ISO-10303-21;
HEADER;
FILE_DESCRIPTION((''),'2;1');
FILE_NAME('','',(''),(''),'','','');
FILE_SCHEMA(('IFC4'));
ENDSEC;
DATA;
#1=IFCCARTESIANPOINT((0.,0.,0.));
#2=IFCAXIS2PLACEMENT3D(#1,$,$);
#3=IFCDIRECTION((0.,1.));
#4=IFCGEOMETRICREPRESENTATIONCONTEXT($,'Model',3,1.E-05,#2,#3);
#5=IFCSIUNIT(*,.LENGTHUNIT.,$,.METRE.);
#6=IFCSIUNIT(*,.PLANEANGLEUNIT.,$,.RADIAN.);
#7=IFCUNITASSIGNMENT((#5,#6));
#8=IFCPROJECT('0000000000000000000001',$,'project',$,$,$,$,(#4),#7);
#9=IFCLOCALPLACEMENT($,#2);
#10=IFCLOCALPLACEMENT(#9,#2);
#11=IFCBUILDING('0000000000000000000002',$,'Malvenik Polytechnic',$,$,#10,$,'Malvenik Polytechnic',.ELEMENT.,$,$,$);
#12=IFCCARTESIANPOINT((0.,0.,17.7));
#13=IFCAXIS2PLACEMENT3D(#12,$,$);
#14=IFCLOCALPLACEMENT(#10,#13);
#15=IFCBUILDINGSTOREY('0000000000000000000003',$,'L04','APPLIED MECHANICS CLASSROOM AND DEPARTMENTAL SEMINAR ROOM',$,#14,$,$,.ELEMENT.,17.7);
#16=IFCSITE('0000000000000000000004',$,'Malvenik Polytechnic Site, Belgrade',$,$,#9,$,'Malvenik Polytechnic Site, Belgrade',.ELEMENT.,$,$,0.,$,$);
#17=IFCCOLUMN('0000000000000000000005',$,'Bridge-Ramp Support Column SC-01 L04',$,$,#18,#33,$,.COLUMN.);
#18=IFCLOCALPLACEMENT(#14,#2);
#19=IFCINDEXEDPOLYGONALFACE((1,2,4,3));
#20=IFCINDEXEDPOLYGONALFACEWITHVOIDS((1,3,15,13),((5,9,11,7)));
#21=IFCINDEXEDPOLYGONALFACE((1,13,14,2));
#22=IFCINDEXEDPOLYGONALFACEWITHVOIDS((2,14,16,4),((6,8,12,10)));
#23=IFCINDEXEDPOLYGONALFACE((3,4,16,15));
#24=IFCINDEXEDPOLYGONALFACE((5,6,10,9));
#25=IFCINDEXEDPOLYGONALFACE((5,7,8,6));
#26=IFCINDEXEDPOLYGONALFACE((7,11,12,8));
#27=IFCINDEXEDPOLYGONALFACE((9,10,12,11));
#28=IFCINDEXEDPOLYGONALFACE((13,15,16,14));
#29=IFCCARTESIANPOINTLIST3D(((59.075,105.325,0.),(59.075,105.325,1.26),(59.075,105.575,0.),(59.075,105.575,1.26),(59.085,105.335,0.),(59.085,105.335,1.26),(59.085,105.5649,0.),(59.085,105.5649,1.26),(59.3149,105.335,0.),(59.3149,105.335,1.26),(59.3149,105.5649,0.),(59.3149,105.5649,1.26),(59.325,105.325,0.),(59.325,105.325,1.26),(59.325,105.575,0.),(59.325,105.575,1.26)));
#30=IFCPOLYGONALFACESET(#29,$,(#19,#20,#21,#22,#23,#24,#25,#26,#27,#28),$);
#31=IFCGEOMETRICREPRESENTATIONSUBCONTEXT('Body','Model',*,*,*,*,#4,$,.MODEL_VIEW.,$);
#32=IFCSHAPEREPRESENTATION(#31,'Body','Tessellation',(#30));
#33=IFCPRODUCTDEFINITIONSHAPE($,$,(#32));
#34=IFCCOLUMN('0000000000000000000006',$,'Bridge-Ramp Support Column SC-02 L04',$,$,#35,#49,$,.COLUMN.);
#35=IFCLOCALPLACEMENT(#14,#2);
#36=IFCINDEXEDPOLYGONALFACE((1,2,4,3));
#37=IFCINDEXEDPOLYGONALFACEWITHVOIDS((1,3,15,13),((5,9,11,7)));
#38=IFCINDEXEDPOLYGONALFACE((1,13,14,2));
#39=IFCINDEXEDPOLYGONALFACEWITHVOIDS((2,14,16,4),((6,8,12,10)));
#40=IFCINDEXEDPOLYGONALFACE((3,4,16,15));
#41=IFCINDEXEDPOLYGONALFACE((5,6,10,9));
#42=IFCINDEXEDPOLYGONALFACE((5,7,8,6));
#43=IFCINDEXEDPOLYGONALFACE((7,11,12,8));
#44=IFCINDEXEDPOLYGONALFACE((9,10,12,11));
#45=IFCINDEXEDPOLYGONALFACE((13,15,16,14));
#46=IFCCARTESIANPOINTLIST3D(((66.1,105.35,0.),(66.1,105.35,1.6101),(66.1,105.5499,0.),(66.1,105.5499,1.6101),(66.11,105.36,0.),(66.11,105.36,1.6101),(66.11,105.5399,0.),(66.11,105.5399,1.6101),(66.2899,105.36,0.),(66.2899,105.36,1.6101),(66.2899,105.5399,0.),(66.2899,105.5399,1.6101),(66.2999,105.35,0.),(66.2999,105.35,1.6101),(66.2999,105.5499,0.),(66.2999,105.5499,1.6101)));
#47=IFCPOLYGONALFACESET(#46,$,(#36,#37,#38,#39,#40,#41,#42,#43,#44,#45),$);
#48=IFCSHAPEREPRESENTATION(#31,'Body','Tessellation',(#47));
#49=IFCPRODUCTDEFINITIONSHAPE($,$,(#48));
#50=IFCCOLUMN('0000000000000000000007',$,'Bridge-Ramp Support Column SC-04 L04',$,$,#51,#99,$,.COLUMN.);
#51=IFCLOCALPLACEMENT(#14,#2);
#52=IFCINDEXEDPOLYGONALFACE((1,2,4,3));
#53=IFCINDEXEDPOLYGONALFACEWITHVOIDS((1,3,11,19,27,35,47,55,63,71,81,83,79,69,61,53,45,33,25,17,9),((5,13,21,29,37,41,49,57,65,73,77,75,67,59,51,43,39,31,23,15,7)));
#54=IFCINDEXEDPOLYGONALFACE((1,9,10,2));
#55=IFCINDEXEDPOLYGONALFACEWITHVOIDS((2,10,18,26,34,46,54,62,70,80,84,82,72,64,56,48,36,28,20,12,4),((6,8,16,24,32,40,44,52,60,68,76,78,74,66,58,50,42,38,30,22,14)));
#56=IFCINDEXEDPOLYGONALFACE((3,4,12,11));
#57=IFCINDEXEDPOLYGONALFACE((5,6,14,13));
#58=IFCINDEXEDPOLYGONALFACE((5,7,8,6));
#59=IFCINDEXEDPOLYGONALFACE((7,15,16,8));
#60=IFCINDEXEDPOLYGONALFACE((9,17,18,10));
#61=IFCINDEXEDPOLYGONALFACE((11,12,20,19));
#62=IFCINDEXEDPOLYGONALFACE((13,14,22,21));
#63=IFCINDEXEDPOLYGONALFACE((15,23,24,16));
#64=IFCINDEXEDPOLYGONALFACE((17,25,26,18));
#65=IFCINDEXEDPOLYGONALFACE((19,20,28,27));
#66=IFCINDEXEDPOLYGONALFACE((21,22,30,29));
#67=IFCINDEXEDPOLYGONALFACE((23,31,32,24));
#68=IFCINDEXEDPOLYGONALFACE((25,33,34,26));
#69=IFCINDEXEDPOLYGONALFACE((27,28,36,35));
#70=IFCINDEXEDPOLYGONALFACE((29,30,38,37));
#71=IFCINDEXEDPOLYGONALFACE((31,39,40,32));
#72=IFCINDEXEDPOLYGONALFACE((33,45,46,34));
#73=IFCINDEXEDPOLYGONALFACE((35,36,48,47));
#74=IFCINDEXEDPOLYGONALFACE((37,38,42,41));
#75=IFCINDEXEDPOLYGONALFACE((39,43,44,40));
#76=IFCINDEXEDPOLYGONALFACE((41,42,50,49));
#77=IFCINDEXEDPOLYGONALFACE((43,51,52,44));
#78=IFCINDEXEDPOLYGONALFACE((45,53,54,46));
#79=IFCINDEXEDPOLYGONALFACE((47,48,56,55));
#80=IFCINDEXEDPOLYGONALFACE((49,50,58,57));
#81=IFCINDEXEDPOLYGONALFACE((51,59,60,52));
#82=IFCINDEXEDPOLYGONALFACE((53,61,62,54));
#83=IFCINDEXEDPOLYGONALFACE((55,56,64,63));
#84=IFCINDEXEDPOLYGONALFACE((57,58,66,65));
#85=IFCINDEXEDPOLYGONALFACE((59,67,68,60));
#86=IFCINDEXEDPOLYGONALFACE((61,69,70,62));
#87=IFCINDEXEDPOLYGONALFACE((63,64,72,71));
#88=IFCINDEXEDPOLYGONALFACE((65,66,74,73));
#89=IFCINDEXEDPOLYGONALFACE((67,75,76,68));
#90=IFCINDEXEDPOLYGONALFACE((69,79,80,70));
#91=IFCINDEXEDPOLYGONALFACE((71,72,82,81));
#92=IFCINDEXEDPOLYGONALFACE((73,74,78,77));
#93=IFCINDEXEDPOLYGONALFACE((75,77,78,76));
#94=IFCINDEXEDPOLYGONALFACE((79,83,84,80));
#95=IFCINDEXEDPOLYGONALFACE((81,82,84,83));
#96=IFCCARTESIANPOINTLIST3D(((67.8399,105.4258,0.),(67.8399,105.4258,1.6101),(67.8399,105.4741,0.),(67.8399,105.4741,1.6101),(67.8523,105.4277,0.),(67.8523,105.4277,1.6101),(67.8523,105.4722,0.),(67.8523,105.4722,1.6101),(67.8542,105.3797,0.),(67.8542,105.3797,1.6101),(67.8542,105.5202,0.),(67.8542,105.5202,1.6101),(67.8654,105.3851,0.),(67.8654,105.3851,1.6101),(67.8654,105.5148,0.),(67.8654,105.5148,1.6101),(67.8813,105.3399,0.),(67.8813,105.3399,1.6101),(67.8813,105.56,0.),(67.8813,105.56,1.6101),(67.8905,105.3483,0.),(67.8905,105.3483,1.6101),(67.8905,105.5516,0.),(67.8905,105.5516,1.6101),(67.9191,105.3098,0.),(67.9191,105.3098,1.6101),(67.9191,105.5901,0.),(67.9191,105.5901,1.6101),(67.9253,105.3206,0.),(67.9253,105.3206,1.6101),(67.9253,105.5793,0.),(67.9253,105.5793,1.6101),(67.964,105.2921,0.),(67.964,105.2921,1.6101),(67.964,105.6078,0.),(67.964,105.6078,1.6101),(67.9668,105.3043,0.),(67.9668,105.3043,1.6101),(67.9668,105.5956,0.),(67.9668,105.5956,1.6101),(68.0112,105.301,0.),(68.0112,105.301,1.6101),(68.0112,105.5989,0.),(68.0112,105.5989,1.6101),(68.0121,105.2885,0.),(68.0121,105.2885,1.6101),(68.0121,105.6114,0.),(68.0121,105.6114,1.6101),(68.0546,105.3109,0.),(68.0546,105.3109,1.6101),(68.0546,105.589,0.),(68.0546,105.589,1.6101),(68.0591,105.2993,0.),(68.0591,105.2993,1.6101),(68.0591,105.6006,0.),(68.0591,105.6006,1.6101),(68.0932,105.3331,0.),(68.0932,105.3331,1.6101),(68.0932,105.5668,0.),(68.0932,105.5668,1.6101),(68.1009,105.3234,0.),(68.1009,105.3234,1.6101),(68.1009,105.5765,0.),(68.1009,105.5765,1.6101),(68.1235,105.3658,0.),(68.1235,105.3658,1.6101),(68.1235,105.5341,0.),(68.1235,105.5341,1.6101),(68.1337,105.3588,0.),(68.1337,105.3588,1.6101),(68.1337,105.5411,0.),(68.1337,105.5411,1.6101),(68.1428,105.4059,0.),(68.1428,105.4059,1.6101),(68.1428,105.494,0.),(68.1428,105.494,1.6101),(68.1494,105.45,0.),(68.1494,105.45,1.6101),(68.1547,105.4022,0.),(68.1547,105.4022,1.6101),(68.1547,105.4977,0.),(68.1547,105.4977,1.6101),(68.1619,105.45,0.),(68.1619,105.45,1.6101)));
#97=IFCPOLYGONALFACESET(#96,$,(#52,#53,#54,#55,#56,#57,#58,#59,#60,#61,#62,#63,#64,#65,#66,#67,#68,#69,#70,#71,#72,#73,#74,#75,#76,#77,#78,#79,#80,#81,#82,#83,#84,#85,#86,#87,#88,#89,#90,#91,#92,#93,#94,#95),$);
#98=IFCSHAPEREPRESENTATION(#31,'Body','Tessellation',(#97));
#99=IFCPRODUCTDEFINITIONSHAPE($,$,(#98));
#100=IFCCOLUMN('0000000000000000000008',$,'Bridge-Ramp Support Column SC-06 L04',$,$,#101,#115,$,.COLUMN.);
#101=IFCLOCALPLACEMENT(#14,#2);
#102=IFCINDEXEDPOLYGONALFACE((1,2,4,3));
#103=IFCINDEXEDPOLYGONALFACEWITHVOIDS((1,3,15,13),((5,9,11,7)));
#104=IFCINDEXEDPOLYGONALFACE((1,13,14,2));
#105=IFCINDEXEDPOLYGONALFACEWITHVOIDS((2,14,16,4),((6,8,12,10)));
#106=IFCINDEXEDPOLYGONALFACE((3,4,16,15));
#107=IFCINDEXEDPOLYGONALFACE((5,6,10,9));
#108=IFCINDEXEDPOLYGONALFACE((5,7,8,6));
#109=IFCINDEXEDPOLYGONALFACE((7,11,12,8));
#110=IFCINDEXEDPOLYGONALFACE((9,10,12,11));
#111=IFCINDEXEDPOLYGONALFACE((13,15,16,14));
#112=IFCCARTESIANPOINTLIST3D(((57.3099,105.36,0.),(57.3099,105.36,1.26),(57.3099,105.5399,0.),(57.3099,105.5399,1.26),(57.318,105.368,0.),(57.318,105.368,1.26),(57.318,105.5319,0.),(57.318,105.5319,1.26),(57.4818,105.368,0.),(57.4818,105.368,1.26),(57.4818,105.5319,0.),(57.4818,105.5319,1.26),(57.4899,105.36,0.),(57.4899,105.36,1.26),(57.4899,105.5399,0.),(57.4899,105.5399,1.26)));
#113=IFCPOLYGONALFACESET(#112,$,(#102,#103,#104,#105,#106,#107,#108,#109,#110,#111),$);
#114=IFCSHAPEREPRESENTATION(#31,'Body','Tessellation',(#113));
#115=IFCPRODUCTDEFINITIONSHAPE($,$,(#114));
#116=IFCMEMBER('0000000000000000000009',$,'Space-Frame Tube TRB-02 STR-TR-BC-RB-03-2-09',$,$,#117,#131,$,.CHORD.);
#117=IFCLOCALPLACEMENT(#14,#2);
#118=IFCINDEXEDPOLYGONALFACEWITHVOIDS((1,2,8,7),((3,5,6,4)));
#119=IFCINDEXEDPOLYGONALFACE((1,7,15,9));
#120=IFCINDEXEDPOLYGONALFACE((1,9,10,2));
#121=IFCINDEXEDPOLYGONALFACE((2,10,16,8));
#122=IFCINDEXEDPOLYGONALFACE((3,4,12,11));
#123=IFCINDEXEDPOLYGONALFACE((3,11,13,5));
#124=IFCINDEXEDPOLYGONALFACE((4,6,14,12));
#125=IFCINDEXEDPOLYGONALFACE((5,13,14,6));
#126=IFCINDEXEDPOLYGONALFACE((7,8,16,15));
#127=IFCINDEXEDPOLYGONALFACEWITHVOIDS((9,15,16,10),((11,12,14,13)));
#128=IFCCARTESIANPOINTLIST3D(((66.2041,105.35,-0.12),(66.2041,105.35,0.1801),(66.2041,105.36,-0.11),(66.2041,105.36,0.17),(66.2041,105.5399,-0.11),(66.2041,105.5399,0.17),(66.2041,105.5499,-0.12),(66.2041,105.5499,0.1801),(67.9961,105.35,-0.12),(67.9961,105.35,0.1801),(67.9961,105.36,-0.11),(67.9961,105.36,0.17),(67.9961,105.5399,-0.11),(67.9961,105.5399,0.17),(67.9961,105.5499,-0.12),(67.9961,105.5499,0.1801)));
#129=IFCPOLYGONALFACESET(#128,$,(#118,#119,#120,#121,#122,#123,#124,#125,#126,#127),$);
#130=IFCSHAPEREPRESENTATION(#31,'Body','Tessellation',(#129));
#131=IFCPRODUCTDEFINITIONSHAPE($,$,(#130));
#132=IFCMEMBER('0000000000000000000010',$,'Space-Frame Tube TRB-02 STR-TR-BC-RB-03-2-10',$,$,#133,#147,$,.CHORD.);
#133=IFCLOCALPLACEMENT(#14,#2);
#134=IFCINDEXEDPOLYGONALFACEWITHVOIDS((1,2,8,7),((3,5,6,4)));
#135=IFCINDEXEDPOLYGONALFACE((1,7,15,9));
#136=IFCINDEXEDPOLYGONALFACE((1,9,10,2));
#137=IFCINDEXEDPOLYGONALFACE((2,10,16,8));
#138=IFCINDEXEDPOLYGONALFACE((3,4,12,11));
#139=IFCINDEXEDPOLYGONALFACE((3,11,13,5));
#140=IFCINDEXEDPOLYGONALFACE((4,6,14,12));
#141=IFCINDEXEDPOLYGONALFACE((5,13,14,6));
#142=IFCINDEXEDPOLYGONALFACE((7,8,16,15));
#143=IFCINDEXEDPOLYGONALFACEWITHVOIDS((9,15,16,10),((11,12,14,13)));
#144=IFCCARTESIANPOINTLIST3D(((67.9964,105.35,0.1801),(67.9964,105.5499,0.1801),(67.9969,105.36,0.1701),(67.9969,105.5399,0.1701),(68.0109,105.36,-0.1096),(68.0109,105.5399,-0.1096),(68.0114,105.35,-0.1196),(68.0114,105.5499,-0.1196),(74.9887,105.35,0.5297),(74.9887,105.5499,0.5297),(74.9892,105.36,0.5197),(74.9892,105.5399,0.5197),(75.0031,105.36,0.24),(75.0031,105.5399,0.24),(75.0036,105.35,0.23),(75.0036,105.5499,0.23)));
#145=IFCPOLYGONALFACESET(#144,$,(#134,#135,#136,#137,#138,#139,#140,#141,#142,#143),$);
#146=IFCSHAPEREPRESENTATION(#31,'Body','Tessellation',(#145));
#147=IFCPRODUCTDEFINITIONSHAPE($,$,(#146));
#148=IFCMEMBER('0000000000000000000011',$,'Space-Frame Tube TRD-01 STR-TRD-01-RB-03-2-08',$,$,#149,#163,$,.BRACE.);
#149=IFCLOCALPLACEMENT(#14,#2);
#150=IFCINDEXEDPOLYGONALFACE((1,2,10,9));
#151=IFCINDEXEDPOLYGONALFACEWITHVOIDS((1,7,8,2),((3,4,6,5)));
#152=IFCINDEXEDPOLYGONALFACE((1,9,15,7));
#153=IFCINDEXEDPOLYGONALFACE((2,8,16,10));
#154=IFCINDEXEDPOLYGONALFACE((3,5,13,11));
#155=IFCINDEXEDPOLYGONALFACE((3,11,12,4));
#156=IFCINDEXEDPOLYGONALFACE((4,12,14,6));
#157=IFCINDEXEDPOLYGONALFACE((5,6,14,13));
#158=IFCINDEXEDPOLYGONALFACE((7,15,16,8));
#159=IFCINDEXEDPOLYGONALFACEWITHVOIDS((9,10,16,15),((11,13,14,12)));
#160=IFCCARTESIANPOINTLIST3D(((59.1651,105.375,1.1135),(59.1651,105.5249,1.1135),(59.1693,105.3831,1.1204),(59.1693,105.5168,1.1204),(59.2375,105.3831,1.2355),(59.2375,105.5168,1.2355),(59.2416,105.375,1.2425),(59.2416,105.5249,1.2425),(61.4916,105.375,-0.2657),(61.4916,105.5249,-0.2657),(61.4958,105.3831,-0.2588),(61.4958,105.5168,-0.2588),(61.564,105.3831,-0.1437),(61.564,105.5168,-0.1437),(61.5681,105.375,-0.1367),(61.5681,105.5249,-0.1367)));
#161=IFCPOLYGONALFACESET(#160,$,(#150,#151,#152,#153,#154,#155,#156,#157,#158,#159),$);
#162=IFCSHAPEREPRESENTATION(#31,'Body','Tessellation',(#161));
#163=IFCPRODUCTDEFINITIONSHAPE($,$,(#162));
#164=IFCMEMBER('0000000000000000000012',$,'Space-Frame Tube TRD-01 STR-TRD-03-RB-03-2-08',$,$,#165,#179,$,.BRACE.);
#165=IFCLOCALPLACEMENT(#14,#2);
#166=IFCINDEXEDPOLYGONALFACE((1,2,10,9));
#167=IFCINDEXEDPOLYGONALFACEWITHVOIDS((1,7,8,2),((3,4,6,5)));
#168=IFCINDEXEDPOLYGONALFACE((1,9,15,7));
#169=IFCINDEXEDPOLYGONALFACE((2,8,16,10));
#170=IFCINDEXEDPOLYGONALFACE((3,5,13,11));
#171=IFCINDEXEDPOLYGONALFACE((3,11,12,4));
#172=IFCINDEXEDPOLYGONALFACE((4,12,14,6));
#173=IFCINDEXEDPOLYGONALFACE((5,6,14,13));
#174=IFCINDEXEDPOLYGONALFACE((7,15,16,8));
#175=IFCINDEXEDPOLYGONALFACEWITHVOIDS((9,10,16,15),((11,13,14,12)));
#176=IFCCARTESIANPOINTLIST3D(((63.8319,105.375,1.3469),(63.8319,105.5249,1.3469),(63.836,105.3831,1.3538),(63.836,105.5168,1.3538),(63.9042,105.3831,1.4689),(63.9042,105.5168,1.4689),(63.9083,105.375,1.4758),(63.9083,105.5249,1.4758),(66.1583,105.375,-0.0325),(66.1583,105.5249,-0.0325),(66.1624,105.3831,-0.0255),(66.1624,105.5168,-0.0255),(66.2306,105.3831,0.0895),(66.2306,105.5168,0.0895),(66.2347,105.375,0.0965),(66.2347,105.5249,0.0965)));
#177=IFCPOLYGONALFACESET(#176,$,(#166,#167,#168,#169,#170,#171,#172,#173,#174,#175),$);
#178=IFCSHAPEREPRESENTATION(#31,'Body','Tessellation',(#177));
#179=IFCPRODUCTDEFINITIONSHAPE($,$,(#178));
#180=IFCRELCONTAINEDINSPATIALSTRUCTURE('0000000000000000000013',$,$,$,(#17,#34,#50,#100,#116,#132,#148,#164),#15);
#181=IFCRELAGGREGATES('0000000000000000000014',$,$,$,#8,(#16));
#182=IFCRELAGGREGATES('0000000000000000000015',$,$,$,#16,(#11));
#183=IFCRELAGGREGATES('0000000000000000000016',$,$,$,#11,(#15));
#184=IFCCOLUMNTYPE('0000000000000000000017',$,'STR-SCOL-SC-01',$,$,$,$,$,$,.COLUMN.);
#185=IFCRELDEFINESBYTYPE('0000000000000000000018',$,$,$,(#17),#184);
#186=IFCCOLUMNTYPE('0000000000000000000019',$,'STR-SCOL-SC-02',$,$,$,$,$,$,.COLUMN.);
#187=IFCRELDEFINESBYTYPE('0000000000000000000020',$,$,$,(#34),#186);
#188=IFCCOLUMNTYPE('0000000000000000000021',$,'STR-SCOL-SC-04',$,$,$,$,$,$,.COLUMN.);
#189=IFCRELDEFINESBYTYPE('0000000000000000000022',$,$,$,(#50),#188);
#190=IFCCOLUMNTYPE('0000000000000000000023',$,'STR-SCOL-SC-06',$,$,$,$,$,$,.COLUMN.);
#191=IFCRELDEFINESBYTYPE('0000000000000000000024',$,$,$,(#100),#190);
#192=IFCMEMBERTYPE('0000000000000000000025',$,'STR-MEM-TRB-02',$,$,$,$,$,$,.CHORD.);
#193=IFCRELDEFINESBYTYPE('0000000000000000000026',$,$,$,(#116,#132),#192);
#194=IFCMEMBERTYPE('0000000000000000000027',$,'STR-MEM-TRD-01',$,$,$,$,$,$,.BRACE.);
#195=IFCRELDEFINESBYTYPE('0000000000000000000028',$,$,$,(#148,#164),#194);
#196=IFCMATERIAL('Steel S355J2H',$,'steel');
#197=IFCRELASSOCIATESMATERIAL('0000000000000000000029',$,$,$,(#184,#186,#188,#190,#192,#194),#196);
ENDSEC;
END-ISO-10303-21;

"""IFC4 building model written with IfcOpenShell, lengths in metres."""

from ifc_helpers import new_model, si_unit, direction, frame, origin, origin_2d, place, context, subcontext, project, spatial, hollow_rectangle, hollow_circle, extrude, material, material_profile, profile_set, type_object, element, save


model = new_model("IFC4")

# Units and contexts
model_context = context("Model", 3, precision=1e-05, world=origin(), true_north=direction((0.0, 1.0)))
body_context = subcontext(model_context, "Body", "Model", "MODEL_VIEW")
ifc_project = project(units=[si_unit("LENGTHUNIT", "METRE"), si_unit("PLANEANGLEUNIT", "RADIAN")], contexts=[model_context])

# Site, building, storey
site_placement = place(None, origin())
site = spatial("IfcSite", under=ifc_project, at=site_placement, Name="Malvenik Polytechnic Site, Belgrade", LongName="Malvenik Polytechnic Site, Belgrade", CompositionType="ELEMENT", RefElevation=0.0)
building_placement = place(site_placement, origin())
building = spatial("IfcBuilding", under=site, at=building_placement, Name="Malvenik Polytechnic", LongName="Malvenik Polytechnic", CompositionType="ELEMENT")
storey_placement = place(building_placement, frame((0.0, 0.0, 17.7)))
storey = spatial("IfcBuildingStorey", under=building, at=storey_placement, Name="L04", Description="APPLIED MECHANICS CLASSROOM AND DEPARTMENTAL SEMINAR ROOM", CompositionType="ELEMENT", Elevation=17.7)

# Columns
ifc_material_1 = material(Name="Steel S355J2H", Category="steel")
ifc_material_profile_1 = material_profile(ifc_material_1, hollow_rectangle(XDim=0.25, YDim=0.25, WallThickness=0.01, at=origin_2d()), Name="SHS 250x250x10.0")
ifc_profile_set_1 = profile_set([ifc_material_profile_1], Name="Steel S355J2H")
column_type_1 = type_object("IfcColumnType", Name="STR-SCOL-SC-01", PredefinedType="COLUMN", material=ifc_profile_set_1)
column_1_placement = place(storey_placement, frame((59.2, 105.45, 0.0), z_axis=(0.0, 0.0, 1.0), x_axis=(1.0, 0.0, 0.0)))
element("IfcColumn", 1, at=column_1_placement, inside=storey, type_object=column_type_1, Name="Bridge-Ramp Support Column SC-01 L04", PredefinedType="COLUMN", context=body_context, shape_type="SweptSolid", body=[
    extrude(hollow_rectangle(XDim=0.25, YDim=0.25, WallThickness=0.01, at=origin_2d()), origin(), (0.0, 0.0, 1.0), 1.26),
])
ifc_material_profile_2 = material_profile(ifc_material_1, hollow_rectangle(XDim=0.2, YDim=0.2, WallThickness=0.01, at=origin_2d()), Name="SHS 200x200x10.0")
ifc_profile_set_2 = profile_set([ifc_material_profile_2], Name="Steel S355J2H")
column_type_2 = type_object("IfcColumnType", Name="STR-SCOL-SC-02", PredefinedType="COLUMN", material=ifc_profile_set_2)
column_2_placement = place(storey_placement, frame((66.2, 105.45, 0.0), z_axis=(0.0, 0.0, 1.0), x_axis=(1.0, 0.0, 0.0)))
element("IfcColumn", 2, at=column_2_placement, inside=storey, type_object=column_type_2, Name="Bridge-Ramp Support Column SC-02 L04", PredefinedType="COLUMN", context=body_context, shape_type="SweptSolid", body=[
    extrude(hollow_rectangle(XDim=0.2, YDim=0.2, WallThickness=0.01, at=origin_2d()), origin(), (0.0, 0.0, 1.0), 1.6101),
])
ifc_material_profile_3 = material_profile(ifc_material_1, hollow_circle(Radius=0.1619, WallThickness=0.0125, at=origin_2d()), Name="CHS 323.9x12.5")
ifc_profile_set_3 = profile_set([ifc_material_profile_3], Name="Steel S355J2H")
column_type_3 = type_object("IfcColumnType", Name="STR-SCOL-SC-04", PredefinedType="COLUMN", material=ifc_profile_set_3)
column_3_placement = place(storey_placement, frame((68.0, 105.45, 0.0), z_axis=(0.0, 0.0, 1.0), x_axis=(1.0, 0.0, 0.0)))
element("IfcColumn", 3, at=column_3_placement, inside=storey, type_object=column_type_3, Name="Bridge-Ramp Support Column SC-04 L04", PredefinedType="COLUMN", context=body_context, shape_type="SweptSolid", body=[
    extrude(hollow_circle(Radius=0.1619, WallThickness=0.0125, at=origin_2d()), origin(), (0.0, 0.0, 1.0), 1.6101),
])
ifc_material_profile_4 = material_profile(ifc_material_1, hollow_rectangle(XDim=0.1799, YDim=0.1799, WallThickness=0.0081, at=origin_2d()), Name="SHS 180x180x8.0")
ifc_profile_set_4 = profile_set([ifc_material_profile_4], Name="Steel S355J2H")
column_type_4 = type_object("IfcColumnType", Name="STR-SCOL-SC-06", PredefinedType="COLUMN", material=ifc_profile_set_4)
column_4_placement = place(storey_placement, frame((57.3999, 105.45, 0.0), z_axis=(0.0, 0.0, 1.0), x_axis=(1.0, 0.0, 0.0)))
element("IfcColumn", 4, at=column_4_placement, inside=storey, type_object=column_type_4, Name="Bridge-Ramp Support Column SC-06 L04", PredefinedType="COLUMN", context=body_context, shape_type="SweptSolid", body=[
    extrude(hollow_rectangle(XDim=0.1799, YDim=0.1799, WallThickness=0.0081, at=origin_2d()), origin(), (0.0, 0.0, 1.0), 1.26),
])

# Members
ifc_material_profile_5 = material_profile(ifc_material_1, hollow_rectangle(XDim=0.2, YDim=0.3, WallThickness=0.01, at=origin_2d()), Name="RHS 300x200x10.0")
ifc_profile_set_5 = profile_set([ifc_material_profile_5], Name="Steel S355J2H")
member_type_1 = type_object("IfcMemberType", Name="STR-MEM-TRB-02", PredefinedType="CHORD", material=ifc_profile_set_5)
member_1_placement = place(storey_placement, frame((66.2041, 105.45, 0.03), z_axis=(1.0, 0.0, 0.0), x_axis=(0.0, 1.0, 0.0)))
element("IfcMember", 5, at=member_1_placement, inside=storey, type_object=member_type_1, Name="Space-Frame Tube TRB-02 STR-TR-BC-RB-03-2-09", PredefinedType="CHORD", context=body_context, shape_type="SweptSolid", body=[
    extrude(hollow_rectangle(XDim=0.2, YDim=0.3, WallThickness=0.01, at=origin_2d()), origin(), (0.0, 0.0, 1.0), 1.792),
])
member_2_placement = place(storey_placement, frame((68.0039, 105.45, 0.0303), z_axis=(0.998752, 0.0, 0.049938), x_axis=(0.0, 1.0, 0.0)))
element("IfcMember", 6, at=member_2_placement, inside=storey, type_object=member_type_1, Name="Space-Frame Tube TRB-02 STR-TR-BC-RB-03-2-10", PredefinedType="CHORD", context=body_context, shape_type="SweptSolid", body=[
    extrude(hollow_rectangle(XDim=0.2, YDim=0.3, WallThickness=0.01, at=origin_2d()), origin(), (0.0, 0.0, 1.0), 7.001),
])
ifc_material_profile_6 = material_profile(ifc_material_1, hollow_rectangle(XDim=0.1499, YDim=0.1499, WallThickness=0.0081, at=origin_2d()), Name="SHS 150x150x8.0")
ifc_profile_set_6 = profile_set([ifc_material_profile_6], Name="Steel S355J2H")
member_type_2 = type_object("IfcMemberType", Name="STR-MEM-TRD-01", PredefinedType="BRACE", material=ifc_profile_set_6)
for number, where, z_axis, x_axis, name in (
    (7, (59.2034, 105.45, 1.178), (0.860205, 0.0, -0.509948), (0.0, 1.0, 0.0), "Space-Frame Tube TRD-01 STR-TRD-01-RB-03-2-08"),
    (8, (63.8701, 105.45, 1.4114), (0.860165, 0.0, -0.510015), (0.0, 1.0, 0.0), "Space-Frame Tube TRD-01 STR-TRD-03-RB-03-2-08"),
):
    element("IfcMember", number, at=place(storey_placement, frame(where, z_axis=z_axis, x_axis=x_axis)), inside=storey, type_object=member_type_2, Name=name, PredefinedType="BRACE", context=body_context, shape_type="SweptSolid", body=[
        extrude(hollow_rectangle(XDim=0.1499, YDim=0.1499, WallThickness=0.0081, at=origin_2d()), origin(), (0.0, 0.0, 1.0), 2.7046),
    ])

save(model, "model.ifc")
